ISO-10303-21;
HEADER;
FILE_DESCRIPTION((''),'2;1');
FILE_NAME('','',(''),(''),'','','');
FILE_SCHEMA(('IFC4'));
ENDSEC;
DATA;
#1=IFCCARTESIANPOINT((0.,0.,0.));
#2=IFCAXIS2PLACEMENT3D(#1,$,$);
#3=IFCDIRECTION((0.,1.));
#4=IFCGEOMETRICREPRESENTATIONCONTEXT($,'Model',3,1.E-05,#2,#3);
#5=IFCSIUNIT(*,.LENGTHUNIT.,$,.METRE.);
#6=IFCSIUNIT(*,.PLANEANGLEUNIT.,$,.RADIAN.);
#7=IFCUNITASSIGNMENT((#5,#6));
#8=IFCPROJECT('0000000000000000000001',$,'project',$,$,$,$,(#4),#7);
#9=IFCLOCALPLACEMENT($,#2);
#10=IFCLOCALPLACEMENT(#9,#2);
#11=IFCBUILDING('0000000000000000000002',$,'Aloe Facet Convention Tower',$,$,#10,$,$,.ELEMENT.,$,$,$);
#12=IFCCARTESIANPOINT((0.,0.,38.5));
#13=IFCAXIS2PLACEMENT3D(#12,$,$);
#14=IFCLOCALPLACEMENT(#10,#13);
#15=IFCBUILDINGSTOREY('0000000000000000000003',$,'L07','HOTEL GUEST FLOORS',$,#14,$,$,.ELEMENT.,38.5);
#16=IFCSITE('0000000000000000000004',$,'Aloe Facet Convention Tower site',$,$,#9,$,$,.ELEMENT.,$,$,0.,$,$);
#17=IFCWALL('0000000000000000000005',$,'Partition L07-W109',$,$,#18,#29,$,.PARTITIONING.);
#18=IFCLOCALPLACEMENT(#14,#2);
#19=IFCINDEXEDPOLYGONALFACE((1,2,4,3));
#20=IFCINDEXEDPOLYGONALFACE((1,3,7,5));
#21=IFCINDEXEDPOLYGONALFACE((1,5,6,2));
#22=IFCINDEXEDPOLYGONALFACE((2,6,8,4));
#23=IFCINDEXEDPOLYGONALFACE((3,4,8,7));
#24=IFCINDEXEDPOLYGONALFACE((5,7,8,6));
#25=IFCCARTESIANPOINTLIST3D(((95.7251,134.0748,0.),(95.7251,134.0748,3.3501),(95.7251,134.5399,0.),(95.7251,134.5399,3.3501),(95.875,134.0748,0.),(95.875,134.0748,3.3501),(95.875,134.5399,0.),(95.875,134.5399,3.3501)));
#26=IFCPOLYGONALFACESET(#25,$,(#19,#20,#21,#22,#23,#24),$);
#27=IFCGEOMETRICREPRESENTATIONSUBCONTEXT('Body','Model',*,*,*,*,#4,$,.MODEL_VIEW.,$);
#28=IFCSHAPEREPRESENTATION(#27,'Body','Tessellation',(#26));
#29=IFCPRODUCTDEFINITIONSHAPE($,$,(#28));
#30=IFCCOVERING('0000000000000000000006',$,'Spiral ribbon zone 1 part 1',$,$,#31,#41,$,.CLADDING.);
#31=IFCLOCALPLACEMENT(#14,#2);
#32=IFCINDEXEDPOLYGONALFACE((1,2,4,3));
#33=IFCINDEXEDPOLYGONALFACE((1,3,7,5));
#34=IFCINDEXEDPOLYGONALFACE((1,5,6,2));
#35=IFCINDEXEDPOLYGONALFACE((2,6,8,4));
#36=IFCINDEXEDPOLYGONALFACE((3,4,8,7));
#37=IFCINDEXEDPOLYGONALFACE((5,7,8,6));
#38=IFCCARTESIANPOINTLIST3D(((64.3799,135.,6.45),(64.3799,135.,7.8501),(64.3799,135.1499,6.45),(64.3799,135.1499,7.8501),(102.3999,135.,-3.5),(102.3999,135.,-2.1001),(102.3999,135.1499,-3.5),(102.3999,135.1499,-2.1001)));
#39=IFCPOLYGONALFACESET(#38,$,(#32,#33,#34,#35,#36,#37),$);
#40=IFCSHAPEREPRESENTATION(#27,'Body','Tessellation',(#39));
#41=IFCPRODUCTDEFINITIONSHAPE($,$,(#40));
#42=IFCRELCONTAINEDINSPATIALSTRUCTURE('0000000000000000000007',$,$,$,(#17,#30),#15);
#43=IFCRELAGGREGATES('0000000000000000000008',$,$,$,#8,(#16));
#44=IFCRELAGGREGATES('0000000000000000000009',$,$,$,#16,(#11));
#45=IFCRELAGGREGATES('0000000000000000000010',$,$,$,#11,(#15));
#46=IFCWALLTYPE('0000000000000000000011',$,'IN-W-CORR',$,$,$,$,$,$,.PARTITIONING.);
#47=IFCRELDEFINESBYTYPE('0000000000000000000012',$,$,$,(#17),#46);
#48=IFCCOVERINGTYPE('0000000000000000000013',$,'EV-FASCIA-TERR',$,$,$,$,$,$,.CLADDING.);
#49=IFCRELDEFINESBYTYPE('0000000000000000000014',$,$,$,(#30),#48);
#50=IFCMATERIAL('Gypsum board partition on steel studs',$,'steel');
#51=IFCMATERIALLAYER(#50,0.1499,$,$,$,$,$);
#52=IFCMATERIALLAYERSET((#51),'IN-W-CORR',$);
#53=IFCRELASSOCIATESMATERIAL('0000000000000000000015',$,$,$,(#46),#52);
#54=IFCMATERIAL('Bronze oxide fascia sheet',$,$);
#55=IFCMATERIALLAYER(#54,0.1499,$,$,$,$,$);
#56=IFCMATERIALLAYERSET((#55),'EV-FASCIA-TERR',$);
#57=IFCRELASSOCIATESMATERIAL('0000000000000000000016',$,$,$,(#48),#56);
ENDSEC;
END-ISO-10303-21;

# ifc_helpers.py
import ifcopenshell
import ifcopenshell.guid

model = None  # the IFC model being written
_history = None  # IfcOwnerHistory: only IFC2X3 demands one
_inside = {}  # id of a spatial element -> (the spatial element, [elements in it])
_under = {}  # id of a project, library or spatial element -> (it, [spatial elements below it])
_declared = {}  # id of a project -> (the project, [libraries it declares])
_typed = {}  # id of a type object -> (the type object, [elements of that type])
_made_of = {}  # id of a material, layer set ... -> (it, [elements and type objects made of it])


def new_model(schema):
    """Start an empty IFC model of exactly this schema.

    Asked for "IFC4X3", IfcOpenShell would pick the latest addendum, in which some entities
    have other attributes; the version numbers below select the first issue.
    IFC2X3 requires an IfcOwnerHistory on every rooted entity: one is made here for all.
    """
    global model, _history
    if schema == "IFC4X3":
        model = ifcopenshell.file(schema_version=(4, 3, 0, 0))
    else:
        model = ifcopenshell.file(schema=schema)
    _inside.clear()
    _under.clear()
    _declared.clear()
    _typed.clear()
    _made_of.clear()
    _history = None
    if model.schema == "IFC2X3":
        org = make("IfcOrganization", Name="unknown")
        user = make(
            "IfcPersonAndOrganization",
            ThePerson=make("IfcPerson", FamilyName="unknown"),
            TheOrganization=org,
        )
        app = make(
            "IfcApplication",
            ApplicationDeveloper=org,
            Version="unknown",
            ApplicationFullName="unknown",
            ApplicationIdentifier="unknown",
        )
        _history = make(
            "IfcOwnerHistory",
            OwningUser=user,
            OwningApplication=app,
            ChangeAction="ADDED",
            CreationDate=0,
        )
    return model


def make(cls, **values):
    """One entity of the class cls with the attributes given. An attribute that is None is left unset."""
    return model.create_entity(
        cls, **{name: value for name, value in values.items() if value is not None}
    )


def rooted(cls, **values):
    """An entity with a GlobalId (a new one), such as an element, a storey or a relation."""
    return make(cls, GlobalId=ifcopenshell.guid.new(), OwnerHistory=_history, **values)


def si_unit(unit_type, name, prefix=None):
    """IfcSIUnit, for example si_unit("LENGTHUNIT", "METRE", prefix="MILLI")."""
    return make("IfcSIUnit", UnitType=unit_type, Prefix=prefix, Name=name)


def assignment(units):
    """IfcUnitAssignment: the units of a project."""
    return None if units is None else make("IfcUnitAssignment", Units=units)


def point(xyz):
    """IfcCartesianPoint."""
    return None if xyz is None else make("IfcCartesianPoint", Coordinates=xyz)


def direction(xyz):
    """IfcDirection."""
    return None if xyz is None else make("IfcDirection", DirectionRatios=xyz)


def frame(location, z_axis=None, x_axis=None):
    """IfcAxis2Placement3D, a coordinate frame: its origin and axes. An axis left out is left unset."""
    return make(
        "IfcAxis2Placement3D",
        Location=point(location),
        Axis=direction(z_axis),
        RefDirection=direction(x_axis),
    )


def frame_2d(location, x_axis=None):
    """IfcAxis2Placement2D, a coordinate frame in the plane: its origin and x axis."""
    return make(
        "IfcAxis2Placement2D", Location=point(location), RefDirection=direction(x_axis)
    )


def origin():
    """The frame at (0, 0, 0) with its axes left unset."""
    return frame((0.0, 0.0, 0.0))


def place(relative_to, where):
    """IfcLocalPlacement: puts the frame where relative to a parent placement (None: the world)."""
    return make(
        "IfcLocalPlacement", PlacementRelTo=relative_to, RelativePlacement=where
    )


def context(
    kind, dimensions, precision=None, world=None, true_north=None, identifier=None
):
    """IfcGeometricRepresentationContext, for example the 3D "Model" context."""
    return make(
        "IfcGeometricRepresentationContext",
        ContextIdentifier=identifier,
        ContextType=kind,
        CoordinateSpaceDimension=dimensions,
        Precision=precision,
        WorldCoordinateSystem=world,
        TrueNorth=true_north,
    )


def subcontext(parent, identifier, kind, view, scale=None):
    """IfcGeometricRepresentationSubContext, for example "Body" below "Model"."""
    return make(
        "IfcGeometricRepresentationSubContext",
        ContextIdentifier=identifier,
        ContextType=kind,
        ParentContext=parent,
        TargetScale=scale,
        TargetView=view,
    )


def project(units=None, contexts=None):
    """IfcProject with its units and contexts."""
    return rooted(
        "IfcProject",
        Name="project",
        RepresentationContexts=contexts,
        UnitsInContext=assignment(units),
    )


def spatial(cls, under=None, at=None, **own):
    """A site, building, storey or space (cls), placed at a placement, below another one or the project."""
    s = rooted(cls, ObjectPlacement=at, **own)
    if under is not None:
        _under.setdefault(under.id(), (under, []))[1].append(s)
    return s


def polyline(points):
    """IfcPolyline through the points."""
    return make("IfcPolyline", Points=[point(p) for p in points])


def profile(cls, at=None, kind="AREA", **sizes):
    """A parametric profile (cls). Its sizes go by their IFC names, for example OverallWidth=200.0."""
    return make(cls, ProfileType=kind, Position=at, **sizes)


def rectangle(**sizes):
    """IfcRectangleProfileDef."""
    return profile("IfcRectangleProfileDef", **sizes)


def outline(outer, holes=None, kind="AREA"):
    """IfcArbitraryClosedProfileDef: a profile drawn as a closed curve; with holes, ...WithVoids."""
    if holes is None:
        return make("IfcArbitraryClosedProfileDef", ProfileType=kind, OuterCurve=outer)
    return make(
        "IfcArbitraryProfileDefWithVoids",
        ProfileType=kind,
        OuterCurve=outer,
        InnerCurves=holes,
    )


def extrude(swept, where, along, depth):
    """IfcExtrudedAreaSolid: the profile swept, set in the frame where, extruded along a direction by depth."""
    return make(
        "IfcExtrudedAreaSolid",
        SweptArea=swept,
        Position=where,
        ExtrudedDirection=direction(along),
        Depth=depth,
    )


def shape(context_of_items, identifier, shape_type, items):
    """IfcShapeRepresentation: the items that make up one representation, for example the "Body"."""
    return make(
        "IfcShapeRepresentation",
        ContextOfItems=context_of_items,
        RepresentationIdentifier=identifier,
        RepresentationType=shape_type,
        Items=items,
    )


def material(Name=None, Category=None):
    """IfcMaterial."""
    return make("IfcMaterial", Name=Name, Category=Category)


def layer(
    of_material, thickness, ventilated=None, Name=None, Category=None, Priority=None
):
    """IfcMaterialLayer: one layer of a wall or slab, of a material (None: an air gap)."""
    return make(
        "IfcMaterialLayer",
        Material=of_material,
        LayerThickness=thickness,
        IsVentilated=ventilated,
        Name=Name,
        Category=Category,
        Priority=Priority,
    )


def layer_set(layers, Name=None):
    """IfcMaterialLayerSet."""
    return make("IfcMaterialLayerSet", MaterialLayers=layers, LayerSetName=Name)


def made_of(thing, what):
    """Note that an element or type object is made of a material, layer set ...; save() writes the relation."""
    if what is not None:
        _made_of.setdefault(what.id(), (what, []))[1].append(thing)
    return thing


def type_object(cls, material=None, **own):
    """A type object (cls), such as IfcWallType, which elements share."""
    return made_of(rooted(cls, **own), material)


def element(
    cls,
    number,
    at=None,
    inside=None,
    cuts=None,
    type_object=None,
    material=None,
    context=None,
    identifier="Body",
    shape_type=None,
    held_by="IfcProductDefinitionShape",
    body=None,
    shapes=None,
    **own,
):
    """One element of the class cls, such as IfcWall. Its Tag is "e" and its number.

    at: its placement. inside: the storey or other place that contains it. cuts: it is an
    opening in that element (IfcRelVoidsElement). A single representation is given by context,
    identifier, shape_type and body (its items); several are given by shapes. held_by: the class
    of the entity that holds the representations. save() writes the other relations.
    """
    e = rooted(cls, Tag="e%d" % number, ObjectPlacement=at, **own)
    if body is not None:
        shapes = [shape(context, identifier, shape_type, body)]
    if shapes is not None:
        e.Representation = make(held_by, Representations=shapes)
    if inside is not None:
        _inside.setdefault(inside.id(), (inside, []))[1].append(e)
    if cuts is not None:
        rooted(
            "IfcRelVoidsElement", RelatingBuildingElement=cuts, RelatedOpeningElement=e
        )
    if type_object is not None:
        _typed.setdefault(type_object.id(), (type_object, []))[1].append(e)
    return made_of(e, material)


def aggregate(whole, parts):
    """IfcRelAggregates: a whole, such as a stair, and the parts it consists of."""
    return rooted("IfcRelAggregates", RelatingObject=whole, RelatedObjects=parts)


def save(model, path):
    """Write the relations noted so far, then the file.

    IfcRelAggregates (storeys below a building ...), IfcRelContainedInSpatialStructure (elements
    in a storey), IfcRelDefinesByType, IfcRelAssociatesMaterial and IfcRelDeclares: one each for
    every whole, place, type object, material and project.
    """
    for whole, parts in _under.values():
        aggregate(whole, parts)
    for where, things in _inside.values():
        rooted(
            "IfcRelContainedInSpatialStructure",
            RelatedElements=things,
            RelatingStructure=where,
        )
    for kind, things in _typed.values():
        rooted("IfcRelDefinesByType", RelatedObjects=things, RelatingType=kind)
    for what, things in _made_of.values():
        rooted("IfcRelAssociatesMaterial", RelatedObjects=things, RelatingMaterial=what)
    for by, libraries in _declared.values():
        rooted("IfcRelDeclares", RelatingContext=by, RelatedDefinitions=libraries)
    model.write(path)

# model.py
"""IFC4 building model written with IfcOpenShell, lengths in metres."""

from ifc_helpers import new_model, si_unit, direction, frame, frame_2d, origin, place, context, subcontext, project, spatial, polyline, rectangle, outline, extrude, material, layer, layer_set, type_object, element, save


model = new_model("IFC4")

# Units and contexts
model_context = context("Model", 3, precision=1e-05, world=origin(), true_north=direction((0.0, 1.0)))
body_context = subcontext(model_context, "Body", "Model", "MODEL_VIEW")
ifc_project = project(units=[si_unit("LENGTHUNIT", "METRE"), si_unit("PLANEANGLEUNIT", "RADIAN")], contexts=[model_context])

# Site, building, storey
site_placement = place(None, origin())
site = spatial("IfcSite", under=ifc_project, at=site_placement, Name="Aloe Facet Convention Tower site", CompositionType="ELEMENT", RefElevation=0.0)
building_placement = place(site_placement, origin())
building = spatial("IfcBuilding", under=site, at=building_placement, Name="Aloe Facet Convention Tower", CompositionType="ELEMENT")
storey_placement = place(building_placement, frame((0.0, 0.0, 38.5)))
storey = spatial("IfcBuildingStorey", under=building, at=storey_placement, Name="L07", Description="HOTEL GUEST FLOORS", CompositionType="ELEMENT", Elevation=38.5)

# Shared definitions
ifc_material_1 = material(Name="Gypsum board partition on steel studs", Category="steel")
ifc_layer_1 = layer(ifc_material_1, 0.1499)
ifc_layer_set_1 = layer_set([ifc_layer_1], Name="IN-W-CORR")
wall_type_1 = type_object("IfcWallType", Name="IN-W-CORR", PredefinedType="PARTITIONING", material=ifc_layer_set_1)

# Wall
wall_1_placement = place(storey_placement, frame((95.8, 134.075, 0.0), z_axis=(0.0, 0.0, 1.0), x_axis=(0.0, 1.0, 0.0)))
element("IfcWall", 1, at=wall_1_placement, inside=storey, type_object=wall_type_1, Name="Partition L07-W109", PredefinedType="PARTITIONING", context=body_context, shape_type="SweptSolid", body=[
    extrude(rectangle(XDim=0.4651, YDim=0.1499, at=frame_2d((0.2324, 0.0))), origin(), (0.0, 0.0, 1.0), 3.3501),
])

# Covering
ifc_material_2 = material(Name="Bronze oxide fascia sheet")
ifc_layer_2 = layer(ifc_material_2, 0.1499)
ifc_layer_set_2 = layer_set([ifc_layer_2], Name="EV-FASCIA-TERR")
covering_type = type_object("IfcCoveringType", Name="EV-FASCIA-TERR", PredefinedType="CLADDING", material=ifc_layer_set_2)
covering_placement = place(storey_placement, frame((102.3999, 135.1499, -3.5), z_axis=(0.0, 1.0, 0.0), x_axis=(-0.96742, 0.0, 0.253177)))
element("IfcCovering", 2, at=covering_placement, inside=storey, type_object=covering_type, Name="Spiral ribbon zone 1 part 1", PredefinedType="CLADDING", context=body_context, shape_type="SweptSolid", body=[
    extrude(outline(polyline([(0.0, 0.0), (39.3004, 0.0), (39.6549, 1.3545), (0.3544, 1.3543), (0.0, 0.0)])), origin(), (0.0, 0.0, -1.0), 0.1499),
])

save(model, "model.ifc")
